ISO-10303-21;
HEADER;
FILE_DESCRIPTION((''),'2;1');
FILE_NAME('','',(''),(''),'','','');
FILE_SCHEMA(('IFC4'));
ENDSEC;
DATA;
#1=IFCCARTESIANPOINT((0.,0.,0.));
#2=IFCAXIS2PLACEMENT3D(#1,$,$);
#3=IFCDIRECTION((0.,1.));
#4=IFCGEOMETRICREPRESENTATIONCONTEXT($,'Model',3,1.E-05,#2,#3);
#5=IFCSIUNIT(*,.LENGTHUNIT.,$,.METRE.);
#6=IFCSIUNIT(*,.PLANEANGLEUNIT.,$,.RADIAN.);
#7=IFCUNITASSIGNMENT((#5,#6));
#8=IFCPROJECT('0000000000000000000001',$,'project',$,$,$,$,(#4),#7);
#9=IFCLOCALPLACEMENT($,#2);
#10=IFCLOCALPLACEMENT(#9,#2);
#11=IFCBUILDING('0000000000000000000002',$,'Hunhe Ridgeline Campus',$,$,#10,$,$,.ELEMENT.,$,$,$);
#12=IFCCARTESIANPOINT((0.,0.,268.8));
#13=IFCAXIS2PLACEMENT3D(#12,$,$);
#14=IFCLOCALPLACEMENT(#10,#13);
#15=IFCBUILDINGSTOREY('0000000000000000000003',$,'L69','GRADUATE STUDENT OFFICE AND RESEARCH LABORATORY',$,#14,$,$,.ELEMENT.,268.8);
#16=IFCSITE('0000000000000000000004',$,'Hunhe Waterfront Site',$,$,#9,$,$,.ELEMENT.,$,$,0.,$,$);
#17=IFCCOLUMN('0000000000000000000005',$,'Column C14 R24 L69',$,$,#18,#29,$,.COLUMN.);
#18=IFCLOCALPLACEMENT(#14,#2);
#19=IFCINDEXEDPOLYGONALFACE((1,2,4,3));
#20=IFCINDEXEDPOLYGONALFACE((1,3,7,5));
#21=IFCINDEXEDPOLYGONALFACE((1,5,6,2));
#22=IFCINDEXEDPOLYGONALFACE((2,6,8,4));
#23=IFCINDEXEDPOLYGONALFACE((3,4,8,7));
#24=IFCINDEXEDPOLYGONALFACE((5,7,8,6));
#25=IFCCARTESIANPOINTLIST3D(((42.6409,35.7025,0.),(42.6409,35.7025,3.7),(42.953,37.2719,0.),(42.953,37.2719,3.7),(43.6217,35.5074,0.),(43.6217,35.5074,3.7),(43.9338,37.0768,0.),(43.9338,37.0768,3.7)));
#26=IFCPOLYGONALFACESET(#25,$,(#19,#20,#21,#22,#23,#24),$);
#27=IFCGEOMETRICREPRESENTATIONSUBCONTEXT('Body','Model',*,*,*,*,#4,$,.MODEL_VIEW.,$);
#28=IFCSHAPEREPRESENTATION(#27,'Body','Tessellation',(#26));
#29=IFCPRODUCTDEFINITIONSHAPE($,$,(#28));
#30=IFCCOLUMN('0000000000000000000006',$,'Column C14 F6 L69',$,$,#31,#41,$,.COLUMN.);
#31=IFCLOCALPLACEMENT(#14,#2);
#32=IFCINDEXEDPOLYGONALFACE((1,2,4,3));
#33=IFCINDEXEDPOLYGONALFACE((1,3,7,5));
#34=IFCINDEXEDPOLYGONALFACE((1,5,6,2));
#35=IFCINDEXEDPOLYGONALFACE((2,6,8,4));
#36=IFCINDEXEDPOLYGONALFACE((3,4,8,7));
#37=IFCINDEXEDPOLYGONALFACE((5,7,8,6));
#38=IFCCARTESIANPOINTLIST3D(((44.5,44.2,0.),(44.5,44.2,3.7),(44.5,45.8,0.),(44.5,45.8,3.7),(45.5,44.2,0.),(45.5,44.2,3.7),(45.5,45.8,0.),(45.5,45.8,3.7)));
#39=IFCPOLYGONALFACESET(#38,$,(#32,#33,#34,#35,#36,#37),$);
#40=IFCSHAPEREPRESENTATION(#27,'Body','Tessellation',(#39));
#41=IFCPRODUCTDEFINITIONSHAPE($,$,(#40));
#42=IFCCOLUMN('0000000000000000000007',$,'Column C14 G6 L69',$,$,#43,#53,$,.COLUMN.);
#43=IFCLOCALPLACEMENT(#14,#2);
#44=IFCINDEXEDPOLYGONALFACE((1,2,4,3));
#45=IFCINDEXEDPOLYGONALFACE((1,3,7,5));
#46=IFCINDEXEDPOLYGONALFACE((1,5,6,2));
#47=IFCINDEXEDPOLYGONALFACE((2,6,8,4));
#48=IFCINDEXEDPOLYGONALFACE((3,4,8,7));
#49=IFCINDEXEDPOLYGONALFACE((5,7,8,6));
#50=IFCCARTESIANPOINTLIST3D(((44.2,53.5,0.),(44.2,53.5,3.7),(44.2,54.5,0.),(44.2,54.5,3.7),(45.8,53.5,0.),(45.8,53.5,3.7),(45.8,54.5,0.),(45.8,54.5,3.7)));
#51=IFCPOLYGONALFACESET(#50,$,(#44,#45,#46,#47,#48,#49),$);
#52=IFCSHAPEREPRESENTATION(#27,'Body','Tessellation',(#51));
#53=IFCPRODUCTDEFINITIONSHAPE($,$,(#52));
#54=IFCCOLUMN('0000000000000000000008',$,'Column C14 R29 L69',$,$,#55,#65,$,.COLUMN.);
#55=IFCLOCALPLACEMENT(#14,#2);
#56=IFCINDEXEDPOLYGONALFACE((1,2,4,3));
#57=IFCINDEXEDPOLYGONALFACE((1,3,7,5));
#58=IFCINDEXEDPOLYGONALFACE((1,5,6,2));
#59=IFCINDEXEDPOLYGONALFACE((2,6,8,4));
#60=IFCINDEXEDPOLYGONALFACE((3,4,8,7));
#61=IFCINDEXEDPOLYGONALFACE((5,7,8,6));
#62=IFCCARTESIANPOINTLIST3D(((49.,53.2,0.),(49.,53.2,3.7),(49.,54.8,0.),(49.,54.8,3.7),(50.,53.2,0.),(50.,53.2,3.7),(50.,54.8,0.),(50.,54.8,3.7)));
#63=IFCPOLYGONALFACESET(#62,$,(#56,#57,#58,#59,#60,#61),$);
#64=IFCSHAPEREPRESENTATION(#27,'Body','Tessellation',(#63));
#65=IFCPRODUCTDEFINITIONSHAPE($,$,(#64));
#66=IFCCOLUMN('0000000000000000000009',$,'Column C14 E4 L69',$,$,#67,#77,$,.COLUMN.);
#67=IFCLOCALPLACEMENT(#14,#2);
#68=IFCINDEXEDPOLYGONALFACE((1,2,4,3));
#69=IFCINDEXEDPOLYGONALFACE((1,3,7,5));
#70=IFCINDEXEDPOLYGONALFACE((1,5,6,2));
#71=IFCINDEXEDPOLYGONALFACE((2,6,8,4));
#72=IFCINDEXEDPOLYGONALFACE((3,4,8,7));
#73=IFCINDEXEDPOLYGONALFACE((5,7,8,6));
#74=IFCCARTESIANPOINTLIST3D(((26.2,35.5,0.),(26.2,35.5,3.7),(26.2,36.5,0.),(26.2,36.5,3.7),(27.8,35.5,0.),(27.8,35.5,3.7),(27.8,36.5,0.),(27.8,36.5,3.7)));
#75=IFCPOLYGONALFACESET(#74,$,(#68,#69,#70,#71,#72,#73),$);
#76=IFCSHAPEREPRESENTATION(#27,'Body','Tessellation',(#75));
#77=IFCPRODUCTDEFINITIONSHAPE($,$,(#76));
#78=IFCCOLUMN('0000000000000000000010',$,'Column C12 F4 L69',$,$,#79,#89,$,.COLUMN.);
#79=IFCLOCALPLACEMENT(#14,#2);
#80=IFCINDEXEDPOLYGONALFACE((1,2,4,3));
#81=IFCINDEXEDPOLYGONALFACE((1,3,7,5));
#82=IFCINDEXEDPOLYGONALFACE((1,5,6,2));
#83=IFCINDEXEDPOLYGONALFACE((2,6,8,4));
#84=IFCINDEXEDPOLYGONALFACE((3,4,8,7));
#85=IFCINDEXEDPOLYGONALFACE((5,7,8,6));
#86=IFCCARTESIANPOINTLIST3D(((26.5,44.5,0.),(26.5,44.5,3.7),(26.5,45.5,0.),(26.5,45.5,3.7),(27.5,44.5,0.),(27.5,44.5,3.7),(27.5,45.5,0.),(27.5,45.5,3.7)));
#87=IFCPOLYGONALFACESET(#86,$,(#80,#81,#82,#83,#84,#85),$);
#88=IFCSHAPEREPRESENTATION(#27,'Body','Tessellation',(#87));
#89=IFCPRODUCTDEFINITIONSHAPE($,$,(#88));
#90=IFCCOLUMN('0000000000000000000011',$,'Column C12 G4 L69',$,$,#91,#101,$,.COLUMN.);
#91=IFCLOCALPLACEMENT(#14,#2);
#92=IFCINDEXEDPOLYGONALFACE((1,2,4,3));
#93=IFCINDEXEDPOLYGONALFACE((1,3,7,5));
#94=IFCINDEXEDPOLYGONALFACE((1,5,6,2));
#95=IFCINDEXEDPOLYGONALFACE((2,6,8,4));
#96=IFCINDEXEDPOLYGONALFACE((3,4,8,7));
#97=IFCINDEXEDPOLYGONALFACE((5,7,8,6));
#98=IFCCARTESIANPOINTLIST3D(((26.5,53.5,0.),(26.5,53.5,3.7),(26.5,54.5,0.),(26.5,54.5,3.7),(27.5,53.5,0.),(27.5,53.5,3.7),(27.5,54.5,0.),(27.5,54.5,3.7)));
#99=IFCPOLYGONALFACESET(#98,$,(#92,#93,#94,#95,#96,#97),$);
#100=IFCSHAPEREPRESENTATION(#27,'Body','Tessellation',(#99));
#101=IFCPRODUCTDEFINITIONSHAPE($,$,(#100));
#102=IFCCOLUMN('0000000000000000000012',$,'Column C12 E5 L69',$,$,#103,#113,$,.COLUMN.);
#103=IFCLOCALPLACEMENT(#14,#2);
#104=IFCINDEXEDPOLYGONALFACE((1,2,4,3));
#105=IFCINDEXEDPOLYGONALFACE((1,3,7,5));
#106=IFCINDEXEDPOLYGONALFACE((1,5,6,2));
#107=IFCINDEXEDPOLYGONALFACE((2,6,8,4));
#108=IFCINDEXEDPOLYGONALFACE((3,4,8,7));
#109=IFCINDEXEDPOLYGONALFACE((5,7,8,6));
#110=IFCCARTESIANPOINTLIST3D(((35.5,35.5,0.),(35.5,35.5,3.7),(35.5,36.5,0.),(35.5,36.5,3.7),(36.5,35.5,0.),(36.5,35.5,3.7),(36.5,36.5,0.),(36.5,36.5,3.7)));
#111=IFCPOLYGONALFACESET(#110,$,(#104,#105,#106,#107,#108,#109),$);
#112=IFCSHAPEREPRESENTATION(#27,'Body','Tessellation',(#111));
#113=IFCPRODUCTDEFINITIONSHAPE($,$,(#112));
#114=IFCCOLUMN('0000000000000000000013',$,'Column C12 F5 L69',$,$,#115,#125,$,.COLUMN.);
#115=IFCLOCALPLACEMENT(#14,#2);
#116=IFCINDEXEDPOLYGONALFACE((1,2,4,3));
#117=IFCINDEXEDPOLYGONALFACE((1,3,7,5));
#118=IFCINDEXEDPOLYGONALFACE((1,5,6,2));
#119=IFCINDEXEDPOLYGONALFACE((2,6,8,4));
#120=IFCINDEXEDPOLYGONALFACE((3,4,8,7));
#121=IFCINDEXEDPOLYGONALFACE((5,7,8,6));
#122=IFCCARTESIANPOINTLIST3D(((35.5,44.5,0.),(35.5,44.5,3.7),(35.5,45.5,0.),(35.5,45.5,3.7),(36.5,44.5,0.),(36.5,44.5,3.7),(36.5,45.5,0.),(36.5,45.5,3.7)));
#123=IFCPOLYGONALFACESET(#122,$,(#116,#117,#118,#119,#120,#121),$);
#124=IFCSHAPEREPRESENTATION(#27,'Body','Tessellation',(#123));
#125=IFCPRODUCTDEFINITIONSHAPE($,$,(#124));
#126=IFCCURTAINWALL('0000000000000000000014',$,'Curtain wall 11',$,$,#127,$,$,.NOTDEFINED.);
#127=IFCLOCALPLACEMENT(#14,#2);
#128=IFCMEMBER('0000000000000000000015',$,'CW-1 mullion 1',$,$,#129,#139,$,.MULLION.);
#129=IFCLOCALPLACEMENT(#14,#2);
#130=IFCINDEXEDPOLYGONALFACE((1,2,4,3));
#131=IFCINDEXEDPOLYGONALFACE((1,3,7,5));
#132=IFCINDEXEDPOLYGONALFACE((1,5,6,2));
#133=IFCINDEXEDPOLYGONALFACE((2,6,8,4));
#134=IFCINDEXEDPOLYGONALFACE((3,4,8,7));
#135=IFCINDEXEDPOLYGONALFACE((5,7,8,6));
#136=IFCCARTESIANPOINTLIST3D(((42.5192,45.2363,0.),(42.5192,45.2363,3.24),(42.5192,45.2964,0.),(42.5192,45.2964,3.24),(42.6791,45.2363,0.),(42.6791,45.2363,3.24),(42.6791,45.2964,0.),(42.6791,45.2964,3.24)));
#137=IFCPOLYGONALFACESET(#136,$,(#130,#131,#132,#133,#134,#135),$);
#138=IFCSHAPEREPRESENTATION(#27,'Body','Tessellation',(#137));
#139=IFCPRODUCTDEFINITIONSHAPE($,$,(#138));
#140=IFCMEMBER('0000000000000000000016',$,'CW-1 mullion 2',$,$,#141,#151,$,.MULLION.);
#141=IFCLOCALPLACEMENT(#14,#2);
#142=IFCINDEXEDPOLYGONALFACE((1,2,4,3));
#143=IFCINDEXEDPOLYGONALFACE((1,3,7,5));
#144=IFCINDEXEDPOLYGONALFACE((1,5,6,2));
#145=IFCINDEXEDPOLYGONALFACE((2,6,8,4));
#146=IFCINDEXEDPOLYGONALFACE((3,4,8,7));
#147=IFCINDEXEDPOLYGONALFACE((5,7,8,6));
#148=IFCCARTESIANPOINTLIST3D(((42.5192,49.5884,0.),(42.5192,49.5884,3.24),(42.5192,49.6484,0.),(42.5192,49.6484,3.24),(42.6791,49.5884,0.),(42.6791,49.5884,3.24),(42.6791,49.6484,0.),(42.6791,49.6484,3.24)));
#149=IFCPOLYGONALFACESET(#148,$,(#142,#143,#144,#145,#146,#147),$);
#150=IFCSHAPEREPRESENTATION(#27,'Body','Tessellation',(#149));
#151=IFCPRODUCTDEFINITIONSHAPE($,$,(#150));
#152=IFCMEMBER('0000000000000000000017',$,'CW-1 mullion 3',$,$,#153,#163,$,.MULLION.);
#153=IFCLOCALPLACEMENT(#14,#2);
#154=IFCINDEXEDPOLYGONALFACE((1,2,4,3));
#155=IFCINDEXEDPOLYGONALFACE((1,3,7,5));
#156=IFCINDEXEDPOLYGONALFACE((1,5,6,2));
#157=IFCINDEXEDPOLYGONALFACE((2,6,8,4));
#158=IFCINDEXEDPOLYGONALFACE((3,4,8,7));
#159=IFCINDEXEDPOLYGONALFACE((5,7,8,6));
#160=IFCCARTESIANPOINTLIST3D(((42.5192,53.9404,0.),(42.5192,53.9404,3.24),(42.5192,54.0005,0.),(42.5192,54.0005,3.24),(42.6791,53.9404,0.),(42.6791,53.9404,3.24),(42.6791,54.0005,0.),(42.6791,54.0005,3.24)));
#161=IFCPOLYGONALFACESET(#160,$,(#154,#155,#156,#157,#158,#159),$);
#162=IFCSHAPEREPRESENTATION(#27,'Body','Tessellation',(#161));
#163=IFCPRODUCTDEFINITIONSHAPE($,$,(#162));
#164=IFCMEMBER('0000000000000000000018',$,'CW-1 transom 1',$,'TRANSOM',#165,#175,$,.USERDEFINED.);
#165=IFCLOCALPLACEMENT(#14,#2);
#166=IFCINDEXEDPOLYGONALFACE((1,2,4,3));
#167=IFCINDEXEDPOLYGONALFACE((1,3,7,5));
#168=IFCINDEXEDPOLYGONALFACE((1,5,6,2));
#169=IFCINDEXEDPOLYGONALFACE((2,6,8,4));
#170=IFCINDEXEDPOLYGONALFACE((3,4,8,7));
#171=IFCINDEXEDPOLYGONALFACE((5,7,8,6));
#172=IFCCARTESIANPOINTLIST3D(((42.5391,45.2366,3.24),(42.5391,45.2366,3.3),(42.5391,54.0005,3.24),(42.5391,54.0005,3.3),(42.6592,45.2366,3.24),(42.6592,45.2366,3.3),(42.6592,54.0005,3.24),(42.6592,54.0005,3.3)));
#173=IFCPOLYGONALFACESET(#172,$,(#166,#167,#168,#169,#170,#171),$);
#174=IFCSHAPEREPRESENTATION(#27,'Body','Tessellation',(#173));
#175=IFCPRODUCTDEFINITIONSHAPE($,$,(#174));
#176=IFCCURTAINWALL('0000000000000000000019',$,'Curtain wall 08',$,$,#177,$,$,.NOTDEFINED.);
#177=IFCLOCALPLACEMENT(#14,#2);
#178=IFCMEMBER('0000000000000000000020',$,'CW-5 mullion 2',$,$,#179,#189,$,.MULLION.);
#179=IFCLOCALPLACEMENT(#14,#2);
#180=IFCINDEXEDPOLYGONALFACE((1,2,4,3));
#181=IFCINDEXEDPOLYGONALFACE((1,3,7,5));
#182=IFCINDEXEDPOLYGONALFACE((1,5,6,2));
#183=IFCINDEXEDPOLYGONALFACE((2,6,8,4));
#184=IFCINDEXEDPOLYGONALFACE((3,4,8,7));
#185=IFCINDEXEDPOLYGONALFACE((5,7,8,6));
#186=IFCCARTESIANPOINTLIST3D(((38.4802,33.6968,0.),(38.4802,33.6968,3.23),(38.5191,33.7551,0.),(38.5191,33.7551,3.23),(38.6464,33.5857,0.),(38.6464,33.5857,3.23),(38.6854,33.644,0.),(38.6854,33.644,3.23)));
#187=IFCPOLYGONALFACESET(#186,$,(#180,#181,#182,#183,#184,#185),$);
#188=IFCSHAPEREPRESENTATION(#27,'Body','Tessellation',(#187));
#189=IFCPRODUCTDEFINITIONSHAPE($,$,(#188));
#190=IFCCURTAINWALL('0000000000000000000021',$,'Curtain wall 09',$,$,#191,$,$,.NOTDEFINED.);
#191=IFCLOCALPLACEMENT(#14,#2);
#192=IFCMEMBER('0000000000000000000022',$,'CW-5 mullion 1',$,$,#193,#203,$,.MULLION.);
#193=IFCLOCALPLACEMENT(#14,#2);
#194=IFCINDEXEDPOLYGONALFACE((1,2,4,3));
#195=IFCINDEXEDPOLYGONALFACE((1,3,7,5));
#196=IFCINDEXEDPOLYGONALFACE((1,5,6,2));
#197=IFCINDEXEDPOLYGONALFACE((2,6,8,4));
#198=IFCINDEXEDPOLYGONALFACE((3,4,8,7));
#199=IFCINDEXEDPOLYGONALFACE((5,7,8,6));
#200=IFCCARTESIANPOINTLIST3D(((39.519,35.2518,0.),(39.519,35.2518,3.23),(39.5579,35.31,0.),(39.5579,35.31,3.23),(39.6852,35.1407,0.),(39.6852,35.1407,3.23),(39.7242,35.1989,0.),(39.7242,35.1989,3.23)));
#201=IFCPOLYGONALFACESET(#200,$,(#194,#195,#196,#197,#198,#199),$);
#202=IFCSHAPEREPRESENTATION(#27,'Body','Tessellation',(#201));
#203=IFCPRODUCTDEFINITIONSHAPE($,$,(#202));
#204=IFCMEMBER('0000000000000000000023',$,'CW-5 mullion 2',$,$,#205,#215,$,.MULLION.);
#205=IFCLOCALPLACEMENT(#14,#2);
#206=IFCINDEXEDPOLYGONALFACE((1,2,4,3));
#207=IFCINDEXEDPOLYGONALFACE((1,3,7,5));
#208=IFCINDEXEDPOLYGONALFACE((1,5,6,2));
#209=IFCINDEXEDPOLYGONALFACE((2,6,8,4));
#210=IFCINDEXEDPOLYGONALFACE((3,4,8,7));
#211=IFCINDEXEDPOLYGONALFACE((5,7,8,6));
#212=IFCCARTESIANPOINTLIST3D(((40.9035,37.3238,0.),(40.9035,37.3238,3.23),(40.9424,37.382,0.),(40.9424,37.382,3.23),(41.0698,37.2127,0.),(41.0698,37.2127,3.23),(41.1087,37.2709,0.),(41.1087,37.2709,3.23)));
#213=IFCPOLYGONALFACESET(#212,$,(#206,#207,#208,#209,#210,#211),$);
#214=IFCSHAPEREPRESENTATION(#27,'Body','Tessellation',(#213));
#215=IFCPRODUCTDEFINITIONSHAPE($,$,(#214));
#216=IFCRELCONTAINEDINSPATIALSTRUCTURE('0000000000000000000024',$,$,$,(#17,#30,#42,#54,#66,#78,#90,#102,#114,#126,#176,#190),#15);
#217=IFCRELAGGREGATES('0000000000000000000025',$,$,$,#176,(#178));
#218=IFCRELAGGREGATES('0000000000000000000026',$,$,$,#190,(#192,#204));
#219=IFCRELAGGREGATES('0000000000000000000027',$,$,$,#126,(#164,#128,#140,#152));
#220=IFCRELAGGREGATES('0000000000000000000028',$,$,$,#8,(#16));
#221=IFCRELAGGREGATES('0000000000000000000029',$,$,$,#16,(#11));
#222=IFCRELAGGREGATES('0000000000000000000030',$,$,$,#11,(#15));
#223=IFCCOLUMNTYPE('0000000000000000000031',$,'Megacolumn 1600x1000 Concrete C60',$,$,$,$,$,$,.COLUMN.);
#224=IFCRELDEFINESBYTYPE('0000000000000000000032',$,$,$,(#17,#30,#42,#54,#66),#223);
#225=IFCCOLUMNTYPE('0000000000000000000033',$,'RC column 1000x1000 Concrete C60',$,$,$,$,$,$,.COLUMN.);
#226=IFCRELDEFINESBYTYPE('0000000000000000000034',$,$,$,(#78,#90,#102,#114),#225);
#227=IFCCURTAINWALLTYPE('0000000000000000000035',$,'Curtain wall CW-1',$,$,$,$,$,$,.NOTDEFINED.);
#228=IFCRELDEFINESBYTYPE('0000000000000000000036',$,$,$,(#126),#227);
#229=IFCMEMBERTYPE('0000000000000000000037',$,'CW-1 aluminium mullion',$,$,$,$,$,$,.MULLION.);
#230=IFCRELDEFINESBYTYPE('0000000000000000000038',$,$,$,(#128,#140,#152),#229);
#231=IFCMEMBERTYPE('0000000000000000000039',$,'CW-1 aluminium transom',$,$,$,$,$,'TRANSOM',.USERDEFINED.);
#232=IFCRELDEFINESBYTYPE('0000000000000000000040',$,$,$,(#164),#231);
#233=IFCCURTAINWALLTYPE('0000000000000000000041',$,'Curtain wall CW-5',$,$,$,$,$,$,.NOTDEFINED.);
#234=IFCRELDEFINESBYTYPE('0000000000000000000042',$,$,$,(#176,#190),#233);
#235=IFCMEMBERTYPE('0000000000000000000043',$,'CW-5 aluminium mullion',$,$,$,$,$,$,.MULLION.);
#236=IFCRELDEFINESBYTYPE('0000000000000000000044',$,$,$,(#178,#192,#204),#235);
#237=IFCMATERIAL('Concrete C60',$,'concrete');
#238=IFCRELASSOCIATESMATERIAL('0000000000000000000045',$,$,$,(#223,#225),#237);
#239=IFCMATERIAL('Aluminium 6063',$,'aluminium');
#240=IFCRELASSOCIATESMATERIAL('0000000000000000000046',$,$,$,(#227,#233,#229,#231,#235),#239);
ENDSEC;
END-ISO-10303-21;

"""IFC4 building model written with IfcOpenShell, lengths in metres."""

from ifc_helpers import new_model, si_unit, direction, frame, origin, origin_2d, place, context, subcontext, project, spatial, rectangle, extrude, material, material_profile, profile_set, type_object, element, aggregate, save


model = new_model("IFC4")

# Units and contexts
model_context = context("Model", 3, precision=1e-05, world=origin(), true_north=direction((0.0, 1.0)))
body_context = subcontext(model_context, "Body", "Model", "MODEL_VIEW")
ifc_project = project(units=[si_unit("LENGTHUNIT", "METRE"), si_unit("PLANEANGLEUNIT", "RADIAN")], contexts=[model_context])

# Site, building, storey
site_placement = place(None, origin())
site = spatial("IfcSite", under=ifc_project, at=site_placement, Name="Hunhe Waterfront Site", CompositionType="ELEMENT", RefElevation=0.0)
building_placement = place(site_placement, origin())
building = spatial("IfcBuilding", under=site, at=building_placement, Name="Hunhe Ridgeline Campus", CompositionType="ELEMENT")
storey_placement = place(building_placement, frame((0.0, 0.0, 268.8)))
storey = spatial("IfcBuildingStorey", under=building, at=storey_placement, Name="L69", Description="GRADUATE STUDENT OFFICE AND RESEARCH LABORATORY", CompositionType="ELEMENT", Elevation=268.8)

# Columns
ifc_material_1 = material(Name="Concrete C60", Category="concrete")
ifc_material_profile_1 = material_profile(ifc_material_1, rectangle(XDim=1.6001, YDim=1.0, at=origin_2d()))
ifc_profile_set_1 = profile_set([ifc_material_profile_1], Name="Concrete C60")
column_type_1 = type_object("IfcColumnType", Name="Megacolumn 1600x1000 Concrete C60", PredefinedType="COLUMN", material=ifc_profile_set_1)
for number, where, z_axis, x_axis, name in (
    (1, (43.2874, 36.3896, 0.0), (0.0, 0.0, 1.0), (0.19509, 0.980785, 0.0), "Column C14 R24 L69"),
    (2, (45.0, 45.0, 0.0), (0.0, 0.0, 1.0), (0.0, 1.0, 0.0), "Column C14 F6 L69"),
    (3, (45.0, 54.0, 0.0), (0.0, 0.0, 1.0), (1.0, 0.0, 0.0), "Column C14 G6 L69"),
    (4, (49.5, 54.0, 0.0), (0.0, 0.0, 1.0), (0.0, 1.0, 0.0), "Column C14 R29 L69"),
    (5, (27.0, 36.0, 0.0), (0.0, 0.0, 1.0), (1.0, 0.0, 0.0), "Column C14 E4 L69"),
):
    element("IfcColumn", number, at=place(storey_placement, frame(where, z_axis=z_axis, x_axis=x_axis)), inside=storey, type_object=column_type_1, Name=name, PredefinedType="COLUMN", context=body_context, shape_type="SweptSolid", body=[
        extrude(rectangle(XDim=1.6001, YDim=1.0, at=origin_2d()), origin(), (0.0, 0.0, 1.0), 3.7),
    ])
ifc_material_profile_2 = material_profile(ifc_material_1, rectangle(XDim=1.0, YDim=1.0, at=origin_2d()))
ifc_profile_set_2 = profile_set([ifc_material_profile_2], Name="Concrete C60")
column_type_2 = type_object("IfcColumnType", Name="RC column 1000x1000 Concrete C60", PredefinedType="COLUMN", material=ifc_profile_set_2)
for number, where, z_axis, x_axis, name in (
    (6, (27.0, 45.0, 0.0), (0.0, 0.0, 1.0), (1.0, 0.0, 0.0), "Column C12 F4 L69"),
    (7, (27.0, 54.0, 0.0), (0.0, 0.0, 1.0), (1.0, 0.0, 0.0), "Column C12 G4 L69"),
    (8, (36.0, 36.0, 0.0), (0.0, 0.0, 1.0), (1.0, 0.0, 0.0), "Column C12 E5 L69"),
    (9, (36.0, 45.0, 0.0), (0.0, 0.0, 1.0), (1.0, 0.0, 0.0), "Column C12 F5 L69"),
):
    element("IfcColumn", number, at=place(storey_placement, frame(where, z_axis=z_axis, x_axis=x_axis)), inside=storey, type_object=column_type_2, Name=name, PredefinedType="COLUMN", context=body_context, shape_type="SweptSolid", body=[
        extrude(rectangle(XDim=1.0, YDim=1.0, at=origin_2d()), origin(), (0.0, 0.0, 1.0), 3.7),
    ])

# Curtain wall, members
ifc_material_2 = material(Name="Aluminium 6063", Category="aluminium")
curtain_wall_type_1 = type_object("IfcCurtainWallType", Name="Curtain wall CW-1", PredefinedType="NOTDEFINED", material=ifc_material_2)
curtain_wall_1_placement = place(storey_placement, origin())
curtain_wall_1 = element("IfcCurtainWall", 10, at=curtain_wall_1_placement, inside=storey, type_object=curtain_wall_type_1, Name="Curtain wall 11", PredefinedType="NOTDEFINED")
ifc_material_profile_3 = material_profile(ifc_material_2, rectangle(XDim=0.1599, YDim=0.0601, at=origin_2d()))
ifc_profile_set_3 = profile_set([ifc_material_profile_3], Name="Aluminium 6063")
member_type_1 = type_object("IfcMemberType", Name="CW-1 aluminium mullion", PredefinedType="MULLION", material=ifc_profile_set_3)
member_1_placement = place(storey_placement, frame((42.5991, 45.2664, 0.0), z_axis=(0.0, 0.0, 1.0), x_axis=(-1.0, 0.000019, 0.0)))
member_1 = element("IfcMember", 11, at=member_1_placement, type_object=member_type_1, Name="CW-1 mullion 1", PredefinedType="MULLION", context=body_context, shape_type="SweptSolid", body=[
    extrude(rectangle(XDim=0.1599, YDim=0.0601, at=origin_2d()), origin(), (0.0, 0.0, 1.0), 3.24),
])
member_2_placement = place(storey_placement, frame((42.5991, 49.6184, 0.0), z_axis=(0.0, 0.0, 1.0), x_axis=(-1.0, 0.000019, 0.0)))
member_2 = element("IfcMember", 12, at=member_2_placement, type_object=member_type_1, Name="CW-1 mullion 2", PredefinedType="MULLION", context=body_context, shape_type="SweptSolid", body=[
    extrude(rectangle(XDim=0.1599, YDim=0.0601, at=origin_2d()), origin(), (0.0, 0.0, 1.0), 3.24),
])
member_3_placement = place(storey_placement, frame((42.5991, 53.9705, 0.0), z_axis=(0.0, 0.0, 1.0), x_axis=(-1.0, 0.000019, 0.0)))
member_3 = element("IfcMember", 13, at=member_3_placement, type_object=member_type_1, Name="CW-1 mullion 3", PredefinedType="MULLION", context=body_context, shape_type="SweptSolid", body=[
    extrude(rectangle(XDim=0.1599, YDim=0.0601, at=origin_2d()), origin(), (0.0, 0.0, 1.0), 3.24),
])
ifc_material_profile_4 = material_profile(ifc_material_2, rectangle(XDim=0.1201, YDim=0.0601, at=origin_2d()))
ifc_profile_set_4 = profile_set([ifc_material_profile_4], Name="Aluminium 6063")
member_type_2 = type_object("IfcMemberType", Name="CW-1 aluminium transom", ElementType="TRANSOM", PredefinedType="USERDEFINED", material=ifc_profile_set_4)
member_4_placement = place(storey_placement, frame((42.5991, 45.2366, 3.27), z_axis=(0.0, 1.0, 0.0), x_axis=(-1.0, 0.0, 0.0)))
member_4 = element("IfcMember", 14, at=member_4_placement, type_object=member_type_2, Name="CW-1 transom 1", ObjectType="TRANSOM", PredefinedType="USERDEFINED", context=body_context, shape_type="SweptSolid", body=[
    extrude(rectangle(XDim=0.1201, YDim=0.0601, at=origin_2d()), origin(), (0.0, 0.0, 1.0), 8.7639),
])

# Curtain wall, member
curtain_wall_type_2 = type_object("IfcCurtainWallType", Name="Curtain wall CW-5", PredefinedType="NOTDEFINED", material=ifc_material_2)
curtain_wall_2_placement = place(storey_placement, origin())
curtain_wall_2 = element("IfcCurtainWall", 15, at=curtain_wall_2_placement, inside=storey, type_object=curtain_wall_type_2, Name="Curtain wall 08", PredefinedType="NOTDEFINED")
ifc_material_profile_5 = material_profile(ifc_material_2, rectangle(XDim=0.2, YDim=0.0701, at=origin_2d()))
ifc_profile_set_5 = profile_set([ifc_material_profile_5], Name="Aluminium 6063")
member_type_3 = type_object("IfcMemberType", Name="CW-5 aluminium mullion", PredefinedType="MULLION", material=ifc_profile_set_5)
member_5_placement = place(storey_placement, frame((38.5828, 33.6704, 0.0), z_axis=(0.0, 0.0, 1.0), x_axis=(-0.83147, 0.55557, 0.0)))
member_5 = element("IfcMember", 16, at=member_5_placement, type_object=member_type_3, Name="CW-5 mullion 2", PredefinedType="MULLION", context=body_context, shape_type="SweptSolid", body=[
    extrude(rectangle(XDim=0.2, YDim=0.0701, at=origin_2d()), origin(), (0.0, 0.0, 1.0), 3.23),
])

# Curtain wall, members
curtain_wall_3_placement = place(storey_placement, origin())
curtain_wall_3 = element("IfcCurtainWall", 17, at=curtain_wall_3_placement, inside=storey, type_object=curtain_wall_type_2, Name="Curtain wall 09", PredefinedType="NOTDEFINED")
member_6_placement = place(storey_placement, frame((39.6216, 35.2253, 0.0), z_axis=(0.0, 0.0, 1.0), x_axis=(-0.83147, 0.55557, 0.0)))
member_6 = element("IfcMember", 18, at=member_6_placement, type_object=member_type_3, Name="CW-5 mullion 1", PredefinedType="MULLION", context=body_context, shape_type="SweptSolid", body=[
    extrude(rectangle(XDim=0.2, YDim=0.0701, at=origin_2d()), origin(), (0.0, 0.0, 1.0), 3.23),
])
member_7_placement = place(storey_placement, frame((41.0061, 37.2974, 0.0), z_axis=(0.0, 0.0, 1.0), x_axis=(-0.83147, 0.55557, 0.0)))
member_7 = element("IfcMember", 19, at=member_7_placement, type_object=member_type_3, Name="CW-5 mullion 2", PredefinedType="MULLION", context=body_context, shape_type="SweptSolid", body=[
    extrude(rectangle(XDim=0.2, YDim=0.0701, at=origin_2d()), origin(), (0.0, 0.0, 1.0), 3.23),
])

aggregate(curtain_wall_2, [member_5])
aggregate(curtain_wall_3, [member_6, member_7])
aggregate(curtain_wall_1, [member_4, member_1, member_2, member_3])

save(model, "model.ifc")
